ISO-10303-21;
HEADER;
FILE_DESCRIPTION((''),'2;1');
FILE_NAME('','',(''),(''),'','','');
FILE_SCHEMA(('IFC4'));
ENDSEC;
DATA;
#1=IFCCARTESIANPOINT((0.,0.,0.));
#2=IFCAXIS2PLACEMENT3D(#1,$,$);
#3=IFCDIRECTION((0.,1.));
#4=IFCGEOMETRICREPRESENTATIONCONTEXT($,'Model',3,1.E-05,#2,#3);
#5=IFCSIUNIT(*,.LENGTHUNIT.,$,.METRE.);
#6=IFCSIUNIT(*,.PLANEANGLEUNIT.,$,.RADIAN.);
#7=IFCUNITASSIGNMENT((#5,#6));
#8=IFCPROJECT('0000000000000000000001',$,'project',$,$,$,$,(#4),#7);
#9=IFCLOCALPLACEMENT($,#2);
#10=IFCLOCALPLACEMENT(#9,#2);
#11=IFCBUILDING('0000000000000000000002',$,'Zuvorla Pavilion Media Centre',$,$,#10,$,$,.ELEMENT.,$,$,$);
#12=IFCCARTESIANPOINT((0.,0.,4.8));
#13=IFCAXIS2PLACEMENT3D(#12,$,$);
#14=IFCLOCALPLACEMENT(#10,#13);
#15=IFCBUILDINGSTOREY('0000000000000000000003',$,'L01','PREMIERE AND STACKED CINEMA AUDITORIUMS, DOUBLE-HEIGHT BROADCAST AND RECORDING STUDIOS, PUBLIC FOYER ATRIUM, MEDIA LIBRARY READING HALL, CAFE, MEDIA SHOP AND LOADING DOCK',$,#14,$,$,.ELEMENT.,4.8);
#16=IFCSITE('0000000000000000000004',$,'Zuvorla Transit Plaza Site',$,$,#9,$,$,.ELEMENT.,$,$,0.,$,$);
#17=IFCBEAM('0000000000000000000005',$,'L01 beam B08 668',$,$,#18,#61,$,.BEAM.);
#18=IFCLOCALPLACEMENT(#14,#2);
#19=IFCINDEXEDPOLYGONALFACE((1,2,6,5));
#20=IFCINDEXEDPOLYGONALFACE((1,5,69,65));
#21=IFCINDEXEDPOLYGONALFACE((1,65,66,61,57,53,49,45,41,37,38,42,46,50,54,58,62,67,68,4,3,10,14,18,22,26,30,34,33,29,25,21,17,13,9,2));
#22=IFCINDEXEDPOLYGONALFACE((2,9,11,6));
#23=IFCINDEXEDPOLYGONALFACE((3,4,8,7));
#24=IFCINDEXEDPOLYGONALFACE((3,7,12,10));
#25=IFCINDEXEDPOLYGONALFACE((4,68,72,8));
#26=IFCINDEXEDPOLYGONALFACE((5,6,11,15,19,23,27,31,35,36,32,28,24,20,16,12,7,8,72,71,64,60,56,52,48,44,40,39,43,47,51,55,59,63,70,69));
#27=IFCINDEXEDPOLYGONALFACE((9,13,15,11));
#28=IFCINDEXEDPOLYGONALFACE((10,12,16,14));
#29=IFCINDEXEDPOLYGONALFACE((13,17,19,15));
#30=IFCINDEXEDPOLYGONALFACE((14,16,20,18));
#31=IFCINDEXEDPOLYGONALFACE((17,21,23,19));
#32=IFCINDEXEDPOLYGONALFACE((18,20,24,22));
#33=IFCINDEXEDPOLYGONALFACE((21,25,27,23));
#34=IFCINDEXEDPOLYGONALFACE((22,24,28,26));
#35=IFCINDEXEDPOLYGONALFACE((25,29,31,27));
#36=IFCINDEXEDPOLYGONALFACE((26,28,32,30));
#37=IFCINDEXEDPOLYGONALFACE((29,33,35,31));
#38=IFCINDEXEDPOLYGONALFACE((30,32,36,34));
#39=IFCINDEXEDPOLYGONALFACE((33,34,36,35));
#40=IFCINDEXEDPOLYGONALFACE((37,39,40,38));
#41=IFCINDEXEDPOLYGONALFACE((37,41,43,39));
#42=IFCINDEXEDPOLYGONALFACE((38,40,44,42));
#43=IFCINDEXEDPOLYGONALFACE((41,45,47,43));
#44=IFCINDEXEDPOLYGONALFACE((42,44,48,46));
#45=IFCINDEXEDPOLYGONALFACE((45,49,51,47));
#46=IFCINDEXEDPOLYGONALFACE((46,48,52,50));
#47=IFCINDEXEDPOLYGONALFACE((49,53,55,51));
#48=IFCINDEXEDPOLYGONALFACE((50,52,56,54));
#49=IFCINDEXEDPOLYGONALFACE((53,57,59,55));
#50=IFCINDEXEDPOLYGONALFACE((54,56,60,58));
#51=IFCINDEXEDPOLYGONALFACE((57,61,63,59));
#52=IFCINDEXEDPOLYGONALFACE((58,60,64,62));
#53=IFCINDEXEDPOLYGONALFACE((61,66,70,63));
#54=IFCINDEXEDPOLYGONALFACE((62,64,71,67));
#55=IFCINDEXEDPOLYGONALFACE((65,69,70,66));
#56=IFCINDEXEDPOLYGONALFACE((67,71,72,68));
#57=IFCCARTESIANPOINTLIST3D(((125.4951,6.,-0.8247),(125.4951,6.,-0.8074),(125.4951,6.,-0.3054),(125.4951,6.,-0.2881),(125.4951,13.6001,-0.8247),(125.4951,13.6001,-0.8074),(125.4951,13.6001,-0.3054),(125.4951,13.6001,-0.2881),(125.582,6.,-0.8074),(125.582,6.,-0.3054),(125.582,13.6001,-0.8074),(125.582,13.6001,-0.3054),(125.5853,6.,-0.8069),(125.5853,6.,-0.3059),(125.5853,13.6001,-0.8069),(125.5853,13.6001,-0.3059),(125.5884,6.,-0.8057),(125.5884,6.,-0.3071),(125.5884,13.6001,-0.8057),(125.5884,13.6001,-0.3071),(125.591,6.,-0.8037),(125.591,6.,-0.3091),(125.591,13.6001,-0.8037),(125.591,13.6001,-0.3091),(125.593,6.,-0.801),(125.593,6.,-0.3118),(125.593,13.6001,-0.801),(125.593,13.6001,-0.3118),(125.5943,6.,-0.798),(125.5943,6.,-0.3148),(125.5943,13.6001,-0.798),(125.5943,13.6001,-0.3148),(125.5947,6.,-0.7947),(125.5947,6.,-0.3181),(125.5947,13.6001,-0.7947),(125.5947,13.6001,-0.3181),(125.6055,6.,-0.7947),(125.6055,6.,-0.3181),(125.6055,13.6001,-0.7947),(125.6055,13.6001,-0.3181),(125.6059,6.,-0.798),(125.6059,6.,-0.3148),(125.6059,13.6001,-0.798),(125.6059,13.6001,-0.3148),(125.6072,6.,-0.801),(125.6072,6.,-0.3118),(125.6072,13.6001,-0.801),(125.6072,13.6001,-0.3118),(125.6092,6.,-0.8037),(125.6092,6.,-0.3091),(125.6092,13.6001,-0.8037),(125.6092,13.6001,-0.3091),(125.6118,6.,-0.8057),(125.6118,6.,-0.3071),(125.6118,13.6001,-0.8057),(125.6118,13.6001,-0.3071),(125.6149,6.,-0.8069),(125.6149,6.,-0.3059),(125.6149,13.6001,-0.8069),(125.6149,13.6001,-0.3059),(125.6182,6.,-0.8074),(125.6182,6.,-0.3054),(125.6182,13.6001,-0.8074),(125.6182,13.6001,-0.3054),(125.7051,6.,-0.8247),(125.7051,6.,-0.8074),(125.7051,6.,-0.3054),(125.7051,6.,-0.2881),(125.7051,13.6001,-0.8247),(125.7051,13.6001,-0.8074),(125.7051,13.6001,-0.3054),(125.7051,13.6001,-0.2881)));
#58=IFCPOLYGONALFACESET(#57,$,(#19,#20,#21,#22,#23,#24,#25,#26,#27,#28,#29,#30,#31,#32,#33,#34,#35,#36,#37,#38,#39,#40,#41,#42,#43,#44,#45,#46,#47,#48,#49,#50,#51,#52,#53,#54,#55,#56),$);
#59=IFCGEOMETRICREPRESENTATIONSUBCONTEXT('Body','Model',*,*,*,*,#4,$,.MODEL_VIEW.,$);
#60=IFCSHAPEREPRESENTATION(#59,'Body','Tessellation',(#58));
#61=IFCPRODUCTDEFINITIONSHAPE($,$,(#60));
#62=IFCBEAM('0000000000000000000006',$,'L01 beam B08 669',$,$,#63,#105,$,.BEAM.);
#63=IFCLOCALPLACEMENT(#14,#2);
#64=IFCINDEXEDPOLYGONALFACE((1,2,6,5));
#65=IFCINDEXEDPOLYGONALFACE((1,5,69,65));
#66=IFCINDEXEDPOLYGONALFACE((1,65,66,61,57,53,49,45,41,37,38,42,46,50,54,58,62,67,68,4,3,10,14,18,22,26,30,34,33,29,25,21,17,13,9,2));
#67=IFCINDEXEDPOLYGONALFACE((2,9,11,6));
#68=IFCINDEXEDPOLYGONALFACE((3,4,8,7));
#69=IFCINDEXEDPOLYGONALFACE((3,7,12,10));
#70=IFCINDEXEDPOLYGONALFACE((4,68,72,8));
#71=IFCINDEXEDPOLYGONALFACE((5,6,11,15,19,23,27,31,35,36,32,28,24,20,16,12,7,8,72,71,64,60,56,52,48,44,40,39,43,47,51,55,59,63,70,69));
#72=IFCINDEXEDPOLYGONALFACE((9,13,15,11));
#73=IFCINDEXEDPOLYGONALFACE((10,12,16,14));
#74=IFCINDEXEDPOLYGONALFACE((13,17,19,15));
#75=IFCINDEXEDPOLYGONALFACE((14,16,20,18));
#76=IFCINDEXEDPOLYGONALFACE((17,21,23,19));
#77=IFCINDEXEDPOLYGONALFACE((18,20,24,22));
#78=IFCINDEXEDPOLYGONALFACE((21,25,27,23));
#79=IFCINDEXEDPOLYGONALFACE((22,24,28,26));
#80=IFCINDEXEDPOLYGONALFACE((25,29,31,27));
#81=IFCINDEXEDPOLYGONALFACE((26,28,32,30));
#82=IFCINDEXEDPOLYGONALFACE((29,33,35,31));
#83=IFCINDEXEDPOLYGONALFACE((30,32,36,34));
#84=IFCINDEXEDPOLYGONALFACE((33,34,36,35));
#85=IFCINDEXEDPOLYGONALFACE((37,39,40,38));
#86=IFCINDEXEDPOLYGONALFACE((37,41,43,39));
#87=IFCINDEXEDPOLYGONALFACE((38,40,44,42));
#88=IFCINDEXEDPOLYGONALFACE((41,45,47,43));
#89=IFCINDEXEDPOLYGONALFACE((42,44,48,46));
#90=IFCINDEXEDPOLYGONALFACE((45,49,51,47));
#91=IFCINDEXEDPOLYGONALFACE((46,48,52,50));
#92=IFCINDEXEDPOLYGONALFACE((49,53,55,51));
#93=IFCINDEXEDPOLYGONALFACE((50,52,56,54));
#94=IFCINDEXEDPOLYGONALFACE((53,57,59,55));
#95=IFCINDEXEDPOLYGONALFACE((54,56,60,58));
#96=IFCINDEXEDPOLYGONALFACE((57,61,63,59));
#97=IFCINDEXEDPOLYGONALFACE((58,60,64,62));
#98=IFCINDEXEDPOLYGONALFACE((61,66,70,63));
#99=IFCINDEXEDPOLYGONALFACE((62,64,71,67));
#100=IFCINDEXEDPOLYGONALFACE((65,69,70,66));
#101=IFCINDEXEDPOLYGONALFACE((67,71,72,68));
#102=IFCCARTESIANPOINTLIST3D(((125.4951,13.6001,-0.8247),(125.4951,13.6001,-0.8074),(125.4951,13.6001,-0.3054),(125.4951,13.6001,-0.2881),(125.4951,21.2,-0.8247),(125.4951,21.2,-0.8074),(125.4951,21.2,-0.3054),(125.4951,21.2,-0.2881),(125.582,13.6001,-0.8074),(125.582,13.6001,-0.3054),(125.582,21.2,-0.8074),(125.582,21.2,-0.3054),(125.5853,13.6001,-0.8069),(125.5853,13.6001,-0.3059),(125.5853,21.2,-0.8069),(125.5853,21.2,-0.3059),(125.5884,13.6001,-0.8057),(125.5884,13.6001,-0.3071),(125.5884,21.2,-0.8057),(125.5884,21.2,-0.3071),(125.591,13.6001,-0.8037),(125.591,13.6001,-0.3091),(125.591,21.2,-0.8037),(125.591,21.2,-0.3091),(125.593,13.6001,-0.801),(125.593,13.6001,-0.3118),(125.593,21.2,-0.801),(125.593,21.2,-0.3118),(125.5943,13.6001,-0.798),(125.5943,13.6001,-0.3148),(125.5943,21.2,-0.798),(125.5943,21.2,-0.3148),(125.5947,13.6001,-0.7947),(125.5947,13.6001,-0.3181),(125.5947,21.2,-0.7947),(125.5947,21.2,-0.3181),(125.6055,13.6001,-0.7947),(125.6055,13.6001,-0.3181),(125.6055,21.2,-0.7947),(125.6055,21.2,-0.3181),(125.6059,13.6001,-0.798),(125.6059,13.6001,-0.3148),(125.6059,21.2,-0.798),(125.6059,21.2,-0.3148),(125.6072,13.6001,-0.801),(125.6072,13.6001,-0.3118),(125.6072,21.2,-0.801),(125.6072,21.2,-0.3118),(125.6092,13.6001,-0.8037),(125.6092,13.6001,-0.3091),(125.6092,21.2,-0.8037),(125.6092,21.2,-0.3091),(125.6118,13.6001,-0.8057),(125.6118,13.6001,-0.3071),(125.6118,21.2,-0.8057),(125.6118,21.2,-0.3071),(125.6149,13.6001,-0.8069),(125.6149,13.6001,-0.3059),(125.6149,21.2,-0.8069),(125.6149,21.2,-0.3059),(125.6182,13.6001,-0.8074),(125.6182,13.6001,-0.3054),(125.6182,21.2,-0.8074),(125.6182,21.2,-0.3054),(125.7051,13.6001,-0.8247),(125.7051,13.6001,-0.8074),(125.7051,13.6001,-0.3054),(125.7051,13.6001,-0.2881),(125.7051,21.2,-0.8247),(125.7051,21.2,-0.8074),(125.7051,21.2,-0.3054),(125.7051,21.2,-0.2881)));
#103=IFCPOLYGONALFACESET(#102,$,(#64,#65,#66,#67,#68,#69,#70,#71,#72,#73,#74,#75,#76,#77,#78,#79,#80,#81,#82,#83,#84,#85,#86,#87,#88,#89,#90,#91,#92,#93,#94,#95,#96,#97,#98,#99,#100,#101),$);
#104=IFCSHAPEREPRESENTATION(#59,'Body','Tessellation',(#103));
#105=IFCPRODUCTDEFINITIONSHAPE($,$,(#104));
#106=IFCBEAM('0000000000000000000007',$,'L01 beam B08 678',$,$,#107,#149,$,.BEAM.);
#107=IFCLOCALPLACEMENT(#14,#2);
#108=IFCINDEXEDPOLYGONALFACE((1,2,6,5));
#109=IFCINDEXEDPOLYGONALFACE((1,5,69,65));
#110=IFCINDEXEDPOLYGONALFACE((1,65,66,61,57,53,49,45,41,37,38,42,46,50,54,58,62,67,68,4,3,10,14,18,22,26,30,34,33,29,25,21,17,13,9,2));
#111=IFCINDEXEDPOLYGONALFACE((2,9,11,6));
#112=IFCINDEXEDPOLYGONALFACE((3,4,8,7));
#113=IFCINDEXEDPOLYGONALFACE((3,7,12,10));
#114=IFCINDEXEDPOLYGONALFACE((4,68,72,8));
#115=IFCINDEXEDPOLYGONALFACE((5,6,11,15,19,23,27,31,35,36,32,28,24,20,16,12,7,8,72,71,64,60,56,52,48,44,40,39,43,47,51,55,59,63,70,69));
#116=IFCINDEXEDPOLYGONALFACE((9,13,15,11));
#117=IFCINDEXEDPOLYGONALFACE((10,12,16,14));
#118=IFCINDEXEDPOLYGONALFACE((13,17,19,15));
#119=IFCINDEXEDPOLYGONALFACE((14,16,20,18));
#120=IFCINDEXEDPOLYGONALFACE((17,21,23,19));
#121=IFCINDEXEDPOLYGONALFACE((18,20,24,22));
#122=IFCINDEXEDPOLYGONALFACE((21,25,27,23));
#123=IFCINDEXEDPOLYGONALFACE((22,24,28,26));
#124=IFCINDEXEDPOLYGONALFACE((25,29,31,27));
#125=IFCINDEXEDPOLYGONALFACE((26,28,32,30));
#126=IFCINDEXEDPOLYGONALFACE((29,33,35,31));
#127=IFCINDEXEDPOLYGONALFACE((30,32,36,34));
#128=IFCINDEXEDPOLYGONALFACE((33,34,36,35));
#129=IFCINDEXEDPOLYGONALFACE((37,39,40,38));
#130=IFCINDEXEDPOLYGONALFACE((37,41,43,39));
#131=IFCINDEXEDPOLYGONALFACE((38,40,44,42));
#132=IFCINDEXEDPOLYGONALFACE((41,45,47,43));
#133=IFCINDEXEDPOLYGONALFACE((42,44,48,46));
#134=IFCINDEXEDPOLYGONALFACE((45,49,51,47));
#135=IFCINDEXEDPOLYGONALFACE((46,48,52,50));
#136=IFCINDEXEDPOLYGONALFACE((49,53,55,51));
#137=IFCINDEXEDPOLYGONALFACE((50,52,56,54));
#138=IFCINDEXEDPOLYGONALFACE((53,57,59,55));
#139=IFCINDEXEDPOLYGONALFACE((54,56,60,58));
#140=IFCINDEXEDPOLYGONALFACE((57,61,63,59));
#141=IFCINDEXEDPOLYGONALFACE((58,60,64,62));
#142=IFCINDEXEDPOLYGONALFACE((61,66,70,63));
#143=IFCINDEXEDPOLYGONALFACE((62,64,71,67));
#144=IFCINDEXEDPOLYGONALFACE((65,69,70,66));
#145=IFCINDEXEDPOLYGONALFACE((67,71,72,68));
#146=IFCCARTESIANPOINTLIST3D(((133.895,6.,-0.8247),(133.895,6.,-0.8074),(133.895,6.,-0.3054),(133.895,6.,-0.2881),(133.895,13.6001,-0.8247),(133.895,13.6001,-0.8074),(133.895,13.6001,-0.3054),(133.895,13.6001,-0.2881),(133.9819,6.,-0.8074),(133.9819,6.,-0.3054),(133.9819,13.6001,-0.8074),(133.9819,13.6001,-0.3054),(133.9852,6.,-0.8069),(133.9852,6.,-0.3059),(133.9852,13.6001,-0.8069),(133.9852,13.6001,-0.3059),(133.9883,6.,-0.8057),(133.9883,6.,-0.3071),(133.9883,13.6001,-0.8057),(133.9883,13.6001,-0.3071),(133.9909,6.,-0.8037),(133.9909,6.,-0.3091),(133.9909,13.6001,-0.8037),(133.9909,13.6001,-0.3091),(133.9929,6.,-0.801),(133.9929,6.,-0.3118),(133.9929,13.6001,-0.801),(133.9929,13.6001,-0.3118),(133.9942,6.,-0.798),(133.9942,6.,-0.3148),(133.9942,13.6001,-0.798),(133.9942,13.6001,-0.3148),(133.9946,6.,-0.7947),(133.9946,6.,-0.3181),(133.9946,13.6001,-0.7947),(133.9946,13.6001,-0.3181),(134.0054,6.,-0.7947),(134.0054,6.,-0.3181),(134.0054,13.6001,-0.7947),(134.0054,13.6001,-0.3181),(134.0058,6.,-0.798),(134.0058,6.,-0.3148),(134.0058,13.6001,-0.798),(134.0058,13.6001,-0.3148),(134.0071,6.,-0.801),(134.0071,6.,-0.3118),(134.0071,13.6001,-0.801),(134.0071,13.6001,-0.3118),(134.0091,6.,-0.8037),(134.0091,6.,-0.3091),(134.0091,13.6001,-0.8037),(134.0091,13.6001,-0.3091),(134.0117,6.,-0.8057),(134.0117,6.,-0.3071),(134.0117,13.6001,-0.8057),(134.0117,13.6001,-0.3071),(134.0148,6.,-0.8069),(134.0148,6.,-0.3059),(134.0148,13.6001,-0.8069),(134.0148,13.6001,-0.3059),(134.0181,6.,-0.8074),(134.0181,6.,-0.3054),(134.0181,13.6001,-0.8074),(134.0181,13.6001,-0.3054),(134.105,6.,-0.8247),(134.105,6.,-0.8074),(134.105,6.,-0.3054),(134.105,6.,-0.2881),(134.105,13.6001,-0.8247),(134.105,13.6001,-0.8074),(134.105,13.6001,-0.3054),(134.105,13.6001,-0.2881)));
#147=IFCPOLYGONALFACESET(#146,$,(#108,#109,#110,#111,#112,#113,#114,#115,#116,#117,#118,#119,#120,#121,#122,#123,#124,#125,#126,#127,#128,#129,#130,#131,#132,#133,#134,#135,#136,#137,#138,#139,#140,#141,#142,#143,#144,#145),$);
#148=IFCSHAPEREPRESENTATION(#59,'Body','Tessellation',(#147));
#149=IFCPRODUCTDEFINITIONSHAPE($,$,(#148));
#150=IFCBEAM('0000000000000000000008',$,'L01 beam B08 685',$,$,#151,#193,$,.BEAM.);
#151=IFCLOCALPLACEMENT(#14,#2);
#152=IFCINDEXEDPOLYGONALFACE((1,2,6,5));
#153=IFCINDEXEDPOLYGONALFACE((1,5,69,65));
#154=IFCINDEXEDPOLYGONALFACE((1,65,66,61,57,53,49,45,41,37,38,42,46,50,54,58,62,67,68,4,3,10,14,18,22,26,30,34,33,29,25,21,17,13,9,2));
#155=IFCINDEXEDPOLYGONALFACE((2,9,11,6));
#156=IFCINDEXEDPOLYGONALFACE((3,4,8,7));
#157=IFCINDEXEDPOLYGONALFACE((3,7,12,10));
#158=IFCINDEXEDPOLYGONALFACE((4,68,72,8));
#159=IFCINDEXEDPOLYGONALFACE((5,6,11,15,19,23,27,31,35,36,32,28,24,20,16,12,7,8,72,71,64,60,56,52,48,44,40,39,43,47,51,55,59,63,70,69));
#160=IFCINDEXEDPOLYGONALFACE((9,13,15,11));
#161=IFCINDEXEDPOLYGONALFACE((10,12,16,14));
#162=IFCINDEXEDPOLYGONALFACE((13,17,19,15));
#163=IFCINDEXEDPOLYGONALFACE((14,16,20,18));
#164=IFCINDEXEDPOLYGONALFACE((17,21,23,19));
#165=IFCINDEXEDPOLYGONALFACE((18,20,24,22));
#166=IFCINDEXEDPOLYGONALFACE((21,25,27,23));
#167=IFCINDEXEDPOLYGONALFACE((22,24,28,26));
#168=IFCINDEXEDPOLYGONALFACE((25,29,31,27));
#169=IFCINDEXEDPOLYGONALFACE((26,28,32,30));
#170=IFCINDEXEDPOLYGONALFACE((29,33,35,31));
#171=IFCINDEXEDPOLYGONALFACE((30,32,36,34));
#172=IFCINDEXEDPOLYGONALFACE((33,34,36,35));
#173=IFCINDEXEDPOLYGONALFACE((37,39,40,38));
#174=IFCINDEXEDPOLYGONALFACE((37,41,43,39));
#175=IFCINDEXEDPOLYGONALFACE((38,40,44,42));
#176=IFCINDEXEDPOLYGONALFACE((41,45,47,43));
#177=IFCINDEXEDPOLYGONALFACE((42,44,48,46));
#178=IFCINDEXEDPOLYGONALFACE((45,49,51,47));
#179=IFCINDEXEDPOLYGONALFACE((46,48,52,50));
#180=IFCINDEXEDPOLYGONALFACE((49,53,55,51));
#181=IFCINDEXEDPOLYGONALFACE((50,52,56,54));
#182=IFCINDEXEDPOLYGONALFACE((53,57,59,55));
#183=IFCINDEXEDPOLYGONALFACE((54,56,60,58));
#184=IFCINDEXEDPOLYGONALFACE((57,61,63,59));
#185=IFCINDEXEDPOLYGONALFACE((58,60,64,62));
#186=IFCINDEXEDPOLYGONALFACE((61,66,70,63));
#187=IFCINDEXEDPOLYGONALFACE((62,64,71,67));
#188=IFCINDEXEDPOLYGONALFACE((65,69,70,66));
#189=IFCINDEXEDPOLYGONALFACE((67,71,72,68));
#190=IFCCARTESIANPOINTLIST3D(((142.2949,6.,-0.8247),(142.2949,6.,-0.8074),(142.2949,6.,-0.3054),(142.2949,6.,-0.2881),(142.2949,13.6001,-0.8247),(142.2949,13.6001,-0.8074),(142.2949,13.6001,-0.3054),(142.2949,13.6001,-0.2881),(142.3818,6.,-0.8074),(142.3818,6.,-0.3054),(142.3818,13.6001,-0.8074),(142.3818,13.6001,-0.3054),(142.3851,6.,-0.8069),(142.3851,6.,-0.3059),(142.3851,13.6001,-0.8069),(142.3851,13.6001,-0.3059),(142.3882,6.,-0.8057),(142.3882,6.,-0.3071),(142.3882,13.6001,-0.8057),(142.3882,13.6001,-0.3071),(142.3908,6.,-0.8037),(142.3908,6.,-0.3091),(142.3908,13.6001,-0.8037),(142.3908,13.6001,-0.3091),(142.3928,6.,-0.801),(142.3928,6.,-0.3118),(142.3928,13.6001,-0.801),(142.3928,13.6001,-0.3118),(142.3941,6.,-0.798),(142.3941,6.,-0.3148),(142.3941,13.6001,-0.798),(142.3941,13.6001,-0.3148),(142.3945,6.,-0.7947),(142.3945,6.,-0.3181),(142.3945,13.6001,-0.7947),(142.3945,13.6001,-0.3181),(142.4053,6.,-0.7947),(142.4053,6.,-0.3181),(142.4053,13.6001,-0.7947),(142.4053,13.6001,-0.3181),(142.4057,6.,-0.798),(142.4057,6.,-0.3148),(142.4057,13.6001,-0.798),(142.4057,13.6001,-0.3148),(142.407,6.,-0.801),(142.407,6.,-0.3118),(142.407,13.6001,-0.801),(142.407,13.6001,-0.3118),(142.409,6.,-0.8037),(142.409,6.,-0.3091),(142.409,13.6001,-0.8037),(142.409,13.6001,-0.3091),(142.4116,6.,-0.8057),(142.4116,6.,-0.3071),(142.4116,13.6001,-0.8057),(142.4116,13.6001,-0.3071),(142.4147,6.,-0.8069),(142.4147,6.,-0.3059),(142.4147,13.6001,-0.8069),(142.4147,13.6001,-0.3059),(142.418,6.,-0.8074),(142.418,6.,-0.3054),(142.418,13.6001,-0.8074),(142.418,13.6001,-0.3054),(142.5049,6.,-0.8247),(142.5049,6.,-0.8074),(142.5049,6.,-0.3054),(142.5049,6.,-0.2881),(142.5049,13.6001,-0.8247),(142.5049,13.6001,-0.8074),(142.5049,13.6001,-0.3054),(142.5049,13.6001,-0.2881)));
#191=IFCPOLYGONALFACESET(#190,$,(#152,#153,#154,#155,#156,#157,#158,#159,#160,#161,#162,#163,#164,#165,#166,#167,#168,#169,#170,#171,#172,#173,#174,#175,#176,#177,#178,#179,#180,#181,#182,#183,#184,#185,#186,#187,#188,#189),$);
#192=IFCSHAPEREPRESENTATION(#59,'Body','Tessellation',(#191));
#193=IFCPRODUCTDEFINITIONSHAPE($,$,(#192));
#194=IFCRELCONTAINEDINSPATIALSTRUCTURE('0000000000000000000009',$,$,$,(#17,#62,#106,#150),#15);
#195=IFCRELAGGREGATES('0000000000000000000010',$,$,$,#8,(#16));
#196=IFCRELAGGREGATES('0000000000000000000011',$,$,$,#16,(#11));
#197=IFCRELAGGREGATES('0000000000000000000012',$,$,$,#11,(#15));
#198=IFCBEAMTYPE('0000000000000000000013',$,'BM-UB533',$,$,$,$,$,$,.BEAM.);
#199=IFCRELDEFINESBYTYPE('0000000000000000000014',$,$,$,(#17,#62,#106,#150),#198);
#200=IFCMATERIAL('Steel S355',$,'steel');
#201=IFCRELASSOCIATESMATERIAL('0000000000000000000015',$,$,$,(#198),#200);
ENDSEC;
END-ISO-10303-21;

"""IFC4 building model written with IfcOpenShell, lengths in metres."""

from ifc_helpers import new_model, si_unit, direction, frame, origin, origin_2d, place, context, subcontext, project, spatial, i_section, extrude, material, material_profile, profile_set, type_object, element, save


model = new_model("IFC4")

# Units and contexts
model_context = context("Model", 3, precision=1e-05, world=origin(), true_north=direction((0.0, 1.0)))
body_context = subcontext(model_context, "Body", "Model", "MODEL_VIEW")
ifc_project = project(units=[si_unit("LENGTHUNIT", "METRE"), si_unit("PLANEANGLEUNIT", "RADIAN")], contexts=[model_context])

# Site, building, storey
site_placement = place(None, origin())
site = spatial("IfcSite", under=ifc_project, at=site_placement, Name="Zuvorla Transit Plaza Site", CompositionType="ELEMENT", RefElevation=0.0)
building_placement = place(site_placement, origin())
building = spatial("IfcBuilding", under=site, at=building_placement, Name="Zuvorla Pavilion Media Centre", CompositionType="ELEMENT")
storey_placement = place(building_placement, frame((0.0, 0.0, 4.8)))
storey = spatial("IfcBuildingStorey", under=building, at=storey_placement, Name="L01", Description="PREMIERE AND STACKED CINEMA AUDITORIUMS, DOUBLE-HEIGHT BROADCAST AND RECORDING STUDIOS, PUBLIC FOYER ATRIUM, MEDIA LIBRARY READING HALL, CAFE, MEDIA SHOP AND LOADING DOCK", CompositionType="ELEMENT", Elevation=4.8)

# Shared definitions
ifc_material_1 = material(Name="Steel S355", Category="steel")

# Beams
ifc_material_profile_1 = material_profile(ifc_material_1, i_section(OverallWidth=0.21, OverallDepth=0.5366, WebThickness=0.0107, FlangeThickness=0.0173, FilletRadius=0.0127, at=origin_2d()), Name="UB 533x210x101")
ifc_profile_set_1 = profile_set([ifc_material_profile_1], Name="Steel S355")
beam_type_1 = type_object("IfcBeamType", Name="BM-UB533", PredefinedType="BEAM", material=ifc_profile_set_1)
beam_1_placement = place(storey_placement, frame((125.6001, 6.0, -0.5564), z_axis=(0.0, 1.0, 0.0), x_axis=(-1.0, 0.0, 0.0)))
element("IfcBeam", 1, at=beam_1_placement, inside=storey, type_object=beam_type_1, Name="L01 beam B08 668", PredefinedType="BEAM", context=body_context, shape_type="SweptSolid", body=[
    extrude(i_section(OverallWidth=0.21, OverallDepth=0.5366, WebThickness=0.0107, FlangeThickness=0.0173, FilletRadius=0.0127, at=origin_2d()), origin(), (0.0, 0.0, 1.0), 7.6001),
])
beam_2_placement = place(storey_placement, frame((125.6001, 13.6001, -0.5564), z_axis=(0.0, 1.0, 0.0), x_axis=(-1.0, 0.0, 0.0)))
element("IfcBeam", 2, at=beam_2_placement, inside=storey, type_object=beam_type_1, Name="L01 beam B08 669", PredefinedType="BEAM", context=body_context, shape_type="SweptSolid", body=[
    extrude(i_section(OverallWidth=0.21, OverallDepth=0.5366, WebThickness=0.0107, FlangeThickness=0.0173, FilletRadius=0.0127, at=origin_2d()), origin(), (0.0, 0.0, 1.0), 7.5999),
])
for number, where, z_axis, x_axis, name in (
    (3, (134.0, 6.0, -0.5564), (0.0, 1.0, 0.0), (-1.0, 0.0, 0.0), "L01 beam B08 678"),
    (4, (142.3999, 6.0, -0.5564), (0.0, 1.0, 0.0), (-1.0, 0.0, 0.0), "L01 beam B08 685"),
):
    element("IfcBeam", number, at=place(storey_placement, frame(where, z_axis=z_axis, x_axis=x_axis)), inside=storey, type_object=beam_type_1, Name=name, PredefinedType="BEAM", context=body_context, shape_type="SweptSolid", body=[
        extrude(i_section(OverallWidth=0.21, OverallDepth=0.5366, WebThickness=0.0107, FlangeThickness=0.0173, FilletRadius=0.0127, at=origin_2d()), origin(), (0.0, 0.0, 1.0), 7.6001),
    ])

save(model, "model.ifc")
